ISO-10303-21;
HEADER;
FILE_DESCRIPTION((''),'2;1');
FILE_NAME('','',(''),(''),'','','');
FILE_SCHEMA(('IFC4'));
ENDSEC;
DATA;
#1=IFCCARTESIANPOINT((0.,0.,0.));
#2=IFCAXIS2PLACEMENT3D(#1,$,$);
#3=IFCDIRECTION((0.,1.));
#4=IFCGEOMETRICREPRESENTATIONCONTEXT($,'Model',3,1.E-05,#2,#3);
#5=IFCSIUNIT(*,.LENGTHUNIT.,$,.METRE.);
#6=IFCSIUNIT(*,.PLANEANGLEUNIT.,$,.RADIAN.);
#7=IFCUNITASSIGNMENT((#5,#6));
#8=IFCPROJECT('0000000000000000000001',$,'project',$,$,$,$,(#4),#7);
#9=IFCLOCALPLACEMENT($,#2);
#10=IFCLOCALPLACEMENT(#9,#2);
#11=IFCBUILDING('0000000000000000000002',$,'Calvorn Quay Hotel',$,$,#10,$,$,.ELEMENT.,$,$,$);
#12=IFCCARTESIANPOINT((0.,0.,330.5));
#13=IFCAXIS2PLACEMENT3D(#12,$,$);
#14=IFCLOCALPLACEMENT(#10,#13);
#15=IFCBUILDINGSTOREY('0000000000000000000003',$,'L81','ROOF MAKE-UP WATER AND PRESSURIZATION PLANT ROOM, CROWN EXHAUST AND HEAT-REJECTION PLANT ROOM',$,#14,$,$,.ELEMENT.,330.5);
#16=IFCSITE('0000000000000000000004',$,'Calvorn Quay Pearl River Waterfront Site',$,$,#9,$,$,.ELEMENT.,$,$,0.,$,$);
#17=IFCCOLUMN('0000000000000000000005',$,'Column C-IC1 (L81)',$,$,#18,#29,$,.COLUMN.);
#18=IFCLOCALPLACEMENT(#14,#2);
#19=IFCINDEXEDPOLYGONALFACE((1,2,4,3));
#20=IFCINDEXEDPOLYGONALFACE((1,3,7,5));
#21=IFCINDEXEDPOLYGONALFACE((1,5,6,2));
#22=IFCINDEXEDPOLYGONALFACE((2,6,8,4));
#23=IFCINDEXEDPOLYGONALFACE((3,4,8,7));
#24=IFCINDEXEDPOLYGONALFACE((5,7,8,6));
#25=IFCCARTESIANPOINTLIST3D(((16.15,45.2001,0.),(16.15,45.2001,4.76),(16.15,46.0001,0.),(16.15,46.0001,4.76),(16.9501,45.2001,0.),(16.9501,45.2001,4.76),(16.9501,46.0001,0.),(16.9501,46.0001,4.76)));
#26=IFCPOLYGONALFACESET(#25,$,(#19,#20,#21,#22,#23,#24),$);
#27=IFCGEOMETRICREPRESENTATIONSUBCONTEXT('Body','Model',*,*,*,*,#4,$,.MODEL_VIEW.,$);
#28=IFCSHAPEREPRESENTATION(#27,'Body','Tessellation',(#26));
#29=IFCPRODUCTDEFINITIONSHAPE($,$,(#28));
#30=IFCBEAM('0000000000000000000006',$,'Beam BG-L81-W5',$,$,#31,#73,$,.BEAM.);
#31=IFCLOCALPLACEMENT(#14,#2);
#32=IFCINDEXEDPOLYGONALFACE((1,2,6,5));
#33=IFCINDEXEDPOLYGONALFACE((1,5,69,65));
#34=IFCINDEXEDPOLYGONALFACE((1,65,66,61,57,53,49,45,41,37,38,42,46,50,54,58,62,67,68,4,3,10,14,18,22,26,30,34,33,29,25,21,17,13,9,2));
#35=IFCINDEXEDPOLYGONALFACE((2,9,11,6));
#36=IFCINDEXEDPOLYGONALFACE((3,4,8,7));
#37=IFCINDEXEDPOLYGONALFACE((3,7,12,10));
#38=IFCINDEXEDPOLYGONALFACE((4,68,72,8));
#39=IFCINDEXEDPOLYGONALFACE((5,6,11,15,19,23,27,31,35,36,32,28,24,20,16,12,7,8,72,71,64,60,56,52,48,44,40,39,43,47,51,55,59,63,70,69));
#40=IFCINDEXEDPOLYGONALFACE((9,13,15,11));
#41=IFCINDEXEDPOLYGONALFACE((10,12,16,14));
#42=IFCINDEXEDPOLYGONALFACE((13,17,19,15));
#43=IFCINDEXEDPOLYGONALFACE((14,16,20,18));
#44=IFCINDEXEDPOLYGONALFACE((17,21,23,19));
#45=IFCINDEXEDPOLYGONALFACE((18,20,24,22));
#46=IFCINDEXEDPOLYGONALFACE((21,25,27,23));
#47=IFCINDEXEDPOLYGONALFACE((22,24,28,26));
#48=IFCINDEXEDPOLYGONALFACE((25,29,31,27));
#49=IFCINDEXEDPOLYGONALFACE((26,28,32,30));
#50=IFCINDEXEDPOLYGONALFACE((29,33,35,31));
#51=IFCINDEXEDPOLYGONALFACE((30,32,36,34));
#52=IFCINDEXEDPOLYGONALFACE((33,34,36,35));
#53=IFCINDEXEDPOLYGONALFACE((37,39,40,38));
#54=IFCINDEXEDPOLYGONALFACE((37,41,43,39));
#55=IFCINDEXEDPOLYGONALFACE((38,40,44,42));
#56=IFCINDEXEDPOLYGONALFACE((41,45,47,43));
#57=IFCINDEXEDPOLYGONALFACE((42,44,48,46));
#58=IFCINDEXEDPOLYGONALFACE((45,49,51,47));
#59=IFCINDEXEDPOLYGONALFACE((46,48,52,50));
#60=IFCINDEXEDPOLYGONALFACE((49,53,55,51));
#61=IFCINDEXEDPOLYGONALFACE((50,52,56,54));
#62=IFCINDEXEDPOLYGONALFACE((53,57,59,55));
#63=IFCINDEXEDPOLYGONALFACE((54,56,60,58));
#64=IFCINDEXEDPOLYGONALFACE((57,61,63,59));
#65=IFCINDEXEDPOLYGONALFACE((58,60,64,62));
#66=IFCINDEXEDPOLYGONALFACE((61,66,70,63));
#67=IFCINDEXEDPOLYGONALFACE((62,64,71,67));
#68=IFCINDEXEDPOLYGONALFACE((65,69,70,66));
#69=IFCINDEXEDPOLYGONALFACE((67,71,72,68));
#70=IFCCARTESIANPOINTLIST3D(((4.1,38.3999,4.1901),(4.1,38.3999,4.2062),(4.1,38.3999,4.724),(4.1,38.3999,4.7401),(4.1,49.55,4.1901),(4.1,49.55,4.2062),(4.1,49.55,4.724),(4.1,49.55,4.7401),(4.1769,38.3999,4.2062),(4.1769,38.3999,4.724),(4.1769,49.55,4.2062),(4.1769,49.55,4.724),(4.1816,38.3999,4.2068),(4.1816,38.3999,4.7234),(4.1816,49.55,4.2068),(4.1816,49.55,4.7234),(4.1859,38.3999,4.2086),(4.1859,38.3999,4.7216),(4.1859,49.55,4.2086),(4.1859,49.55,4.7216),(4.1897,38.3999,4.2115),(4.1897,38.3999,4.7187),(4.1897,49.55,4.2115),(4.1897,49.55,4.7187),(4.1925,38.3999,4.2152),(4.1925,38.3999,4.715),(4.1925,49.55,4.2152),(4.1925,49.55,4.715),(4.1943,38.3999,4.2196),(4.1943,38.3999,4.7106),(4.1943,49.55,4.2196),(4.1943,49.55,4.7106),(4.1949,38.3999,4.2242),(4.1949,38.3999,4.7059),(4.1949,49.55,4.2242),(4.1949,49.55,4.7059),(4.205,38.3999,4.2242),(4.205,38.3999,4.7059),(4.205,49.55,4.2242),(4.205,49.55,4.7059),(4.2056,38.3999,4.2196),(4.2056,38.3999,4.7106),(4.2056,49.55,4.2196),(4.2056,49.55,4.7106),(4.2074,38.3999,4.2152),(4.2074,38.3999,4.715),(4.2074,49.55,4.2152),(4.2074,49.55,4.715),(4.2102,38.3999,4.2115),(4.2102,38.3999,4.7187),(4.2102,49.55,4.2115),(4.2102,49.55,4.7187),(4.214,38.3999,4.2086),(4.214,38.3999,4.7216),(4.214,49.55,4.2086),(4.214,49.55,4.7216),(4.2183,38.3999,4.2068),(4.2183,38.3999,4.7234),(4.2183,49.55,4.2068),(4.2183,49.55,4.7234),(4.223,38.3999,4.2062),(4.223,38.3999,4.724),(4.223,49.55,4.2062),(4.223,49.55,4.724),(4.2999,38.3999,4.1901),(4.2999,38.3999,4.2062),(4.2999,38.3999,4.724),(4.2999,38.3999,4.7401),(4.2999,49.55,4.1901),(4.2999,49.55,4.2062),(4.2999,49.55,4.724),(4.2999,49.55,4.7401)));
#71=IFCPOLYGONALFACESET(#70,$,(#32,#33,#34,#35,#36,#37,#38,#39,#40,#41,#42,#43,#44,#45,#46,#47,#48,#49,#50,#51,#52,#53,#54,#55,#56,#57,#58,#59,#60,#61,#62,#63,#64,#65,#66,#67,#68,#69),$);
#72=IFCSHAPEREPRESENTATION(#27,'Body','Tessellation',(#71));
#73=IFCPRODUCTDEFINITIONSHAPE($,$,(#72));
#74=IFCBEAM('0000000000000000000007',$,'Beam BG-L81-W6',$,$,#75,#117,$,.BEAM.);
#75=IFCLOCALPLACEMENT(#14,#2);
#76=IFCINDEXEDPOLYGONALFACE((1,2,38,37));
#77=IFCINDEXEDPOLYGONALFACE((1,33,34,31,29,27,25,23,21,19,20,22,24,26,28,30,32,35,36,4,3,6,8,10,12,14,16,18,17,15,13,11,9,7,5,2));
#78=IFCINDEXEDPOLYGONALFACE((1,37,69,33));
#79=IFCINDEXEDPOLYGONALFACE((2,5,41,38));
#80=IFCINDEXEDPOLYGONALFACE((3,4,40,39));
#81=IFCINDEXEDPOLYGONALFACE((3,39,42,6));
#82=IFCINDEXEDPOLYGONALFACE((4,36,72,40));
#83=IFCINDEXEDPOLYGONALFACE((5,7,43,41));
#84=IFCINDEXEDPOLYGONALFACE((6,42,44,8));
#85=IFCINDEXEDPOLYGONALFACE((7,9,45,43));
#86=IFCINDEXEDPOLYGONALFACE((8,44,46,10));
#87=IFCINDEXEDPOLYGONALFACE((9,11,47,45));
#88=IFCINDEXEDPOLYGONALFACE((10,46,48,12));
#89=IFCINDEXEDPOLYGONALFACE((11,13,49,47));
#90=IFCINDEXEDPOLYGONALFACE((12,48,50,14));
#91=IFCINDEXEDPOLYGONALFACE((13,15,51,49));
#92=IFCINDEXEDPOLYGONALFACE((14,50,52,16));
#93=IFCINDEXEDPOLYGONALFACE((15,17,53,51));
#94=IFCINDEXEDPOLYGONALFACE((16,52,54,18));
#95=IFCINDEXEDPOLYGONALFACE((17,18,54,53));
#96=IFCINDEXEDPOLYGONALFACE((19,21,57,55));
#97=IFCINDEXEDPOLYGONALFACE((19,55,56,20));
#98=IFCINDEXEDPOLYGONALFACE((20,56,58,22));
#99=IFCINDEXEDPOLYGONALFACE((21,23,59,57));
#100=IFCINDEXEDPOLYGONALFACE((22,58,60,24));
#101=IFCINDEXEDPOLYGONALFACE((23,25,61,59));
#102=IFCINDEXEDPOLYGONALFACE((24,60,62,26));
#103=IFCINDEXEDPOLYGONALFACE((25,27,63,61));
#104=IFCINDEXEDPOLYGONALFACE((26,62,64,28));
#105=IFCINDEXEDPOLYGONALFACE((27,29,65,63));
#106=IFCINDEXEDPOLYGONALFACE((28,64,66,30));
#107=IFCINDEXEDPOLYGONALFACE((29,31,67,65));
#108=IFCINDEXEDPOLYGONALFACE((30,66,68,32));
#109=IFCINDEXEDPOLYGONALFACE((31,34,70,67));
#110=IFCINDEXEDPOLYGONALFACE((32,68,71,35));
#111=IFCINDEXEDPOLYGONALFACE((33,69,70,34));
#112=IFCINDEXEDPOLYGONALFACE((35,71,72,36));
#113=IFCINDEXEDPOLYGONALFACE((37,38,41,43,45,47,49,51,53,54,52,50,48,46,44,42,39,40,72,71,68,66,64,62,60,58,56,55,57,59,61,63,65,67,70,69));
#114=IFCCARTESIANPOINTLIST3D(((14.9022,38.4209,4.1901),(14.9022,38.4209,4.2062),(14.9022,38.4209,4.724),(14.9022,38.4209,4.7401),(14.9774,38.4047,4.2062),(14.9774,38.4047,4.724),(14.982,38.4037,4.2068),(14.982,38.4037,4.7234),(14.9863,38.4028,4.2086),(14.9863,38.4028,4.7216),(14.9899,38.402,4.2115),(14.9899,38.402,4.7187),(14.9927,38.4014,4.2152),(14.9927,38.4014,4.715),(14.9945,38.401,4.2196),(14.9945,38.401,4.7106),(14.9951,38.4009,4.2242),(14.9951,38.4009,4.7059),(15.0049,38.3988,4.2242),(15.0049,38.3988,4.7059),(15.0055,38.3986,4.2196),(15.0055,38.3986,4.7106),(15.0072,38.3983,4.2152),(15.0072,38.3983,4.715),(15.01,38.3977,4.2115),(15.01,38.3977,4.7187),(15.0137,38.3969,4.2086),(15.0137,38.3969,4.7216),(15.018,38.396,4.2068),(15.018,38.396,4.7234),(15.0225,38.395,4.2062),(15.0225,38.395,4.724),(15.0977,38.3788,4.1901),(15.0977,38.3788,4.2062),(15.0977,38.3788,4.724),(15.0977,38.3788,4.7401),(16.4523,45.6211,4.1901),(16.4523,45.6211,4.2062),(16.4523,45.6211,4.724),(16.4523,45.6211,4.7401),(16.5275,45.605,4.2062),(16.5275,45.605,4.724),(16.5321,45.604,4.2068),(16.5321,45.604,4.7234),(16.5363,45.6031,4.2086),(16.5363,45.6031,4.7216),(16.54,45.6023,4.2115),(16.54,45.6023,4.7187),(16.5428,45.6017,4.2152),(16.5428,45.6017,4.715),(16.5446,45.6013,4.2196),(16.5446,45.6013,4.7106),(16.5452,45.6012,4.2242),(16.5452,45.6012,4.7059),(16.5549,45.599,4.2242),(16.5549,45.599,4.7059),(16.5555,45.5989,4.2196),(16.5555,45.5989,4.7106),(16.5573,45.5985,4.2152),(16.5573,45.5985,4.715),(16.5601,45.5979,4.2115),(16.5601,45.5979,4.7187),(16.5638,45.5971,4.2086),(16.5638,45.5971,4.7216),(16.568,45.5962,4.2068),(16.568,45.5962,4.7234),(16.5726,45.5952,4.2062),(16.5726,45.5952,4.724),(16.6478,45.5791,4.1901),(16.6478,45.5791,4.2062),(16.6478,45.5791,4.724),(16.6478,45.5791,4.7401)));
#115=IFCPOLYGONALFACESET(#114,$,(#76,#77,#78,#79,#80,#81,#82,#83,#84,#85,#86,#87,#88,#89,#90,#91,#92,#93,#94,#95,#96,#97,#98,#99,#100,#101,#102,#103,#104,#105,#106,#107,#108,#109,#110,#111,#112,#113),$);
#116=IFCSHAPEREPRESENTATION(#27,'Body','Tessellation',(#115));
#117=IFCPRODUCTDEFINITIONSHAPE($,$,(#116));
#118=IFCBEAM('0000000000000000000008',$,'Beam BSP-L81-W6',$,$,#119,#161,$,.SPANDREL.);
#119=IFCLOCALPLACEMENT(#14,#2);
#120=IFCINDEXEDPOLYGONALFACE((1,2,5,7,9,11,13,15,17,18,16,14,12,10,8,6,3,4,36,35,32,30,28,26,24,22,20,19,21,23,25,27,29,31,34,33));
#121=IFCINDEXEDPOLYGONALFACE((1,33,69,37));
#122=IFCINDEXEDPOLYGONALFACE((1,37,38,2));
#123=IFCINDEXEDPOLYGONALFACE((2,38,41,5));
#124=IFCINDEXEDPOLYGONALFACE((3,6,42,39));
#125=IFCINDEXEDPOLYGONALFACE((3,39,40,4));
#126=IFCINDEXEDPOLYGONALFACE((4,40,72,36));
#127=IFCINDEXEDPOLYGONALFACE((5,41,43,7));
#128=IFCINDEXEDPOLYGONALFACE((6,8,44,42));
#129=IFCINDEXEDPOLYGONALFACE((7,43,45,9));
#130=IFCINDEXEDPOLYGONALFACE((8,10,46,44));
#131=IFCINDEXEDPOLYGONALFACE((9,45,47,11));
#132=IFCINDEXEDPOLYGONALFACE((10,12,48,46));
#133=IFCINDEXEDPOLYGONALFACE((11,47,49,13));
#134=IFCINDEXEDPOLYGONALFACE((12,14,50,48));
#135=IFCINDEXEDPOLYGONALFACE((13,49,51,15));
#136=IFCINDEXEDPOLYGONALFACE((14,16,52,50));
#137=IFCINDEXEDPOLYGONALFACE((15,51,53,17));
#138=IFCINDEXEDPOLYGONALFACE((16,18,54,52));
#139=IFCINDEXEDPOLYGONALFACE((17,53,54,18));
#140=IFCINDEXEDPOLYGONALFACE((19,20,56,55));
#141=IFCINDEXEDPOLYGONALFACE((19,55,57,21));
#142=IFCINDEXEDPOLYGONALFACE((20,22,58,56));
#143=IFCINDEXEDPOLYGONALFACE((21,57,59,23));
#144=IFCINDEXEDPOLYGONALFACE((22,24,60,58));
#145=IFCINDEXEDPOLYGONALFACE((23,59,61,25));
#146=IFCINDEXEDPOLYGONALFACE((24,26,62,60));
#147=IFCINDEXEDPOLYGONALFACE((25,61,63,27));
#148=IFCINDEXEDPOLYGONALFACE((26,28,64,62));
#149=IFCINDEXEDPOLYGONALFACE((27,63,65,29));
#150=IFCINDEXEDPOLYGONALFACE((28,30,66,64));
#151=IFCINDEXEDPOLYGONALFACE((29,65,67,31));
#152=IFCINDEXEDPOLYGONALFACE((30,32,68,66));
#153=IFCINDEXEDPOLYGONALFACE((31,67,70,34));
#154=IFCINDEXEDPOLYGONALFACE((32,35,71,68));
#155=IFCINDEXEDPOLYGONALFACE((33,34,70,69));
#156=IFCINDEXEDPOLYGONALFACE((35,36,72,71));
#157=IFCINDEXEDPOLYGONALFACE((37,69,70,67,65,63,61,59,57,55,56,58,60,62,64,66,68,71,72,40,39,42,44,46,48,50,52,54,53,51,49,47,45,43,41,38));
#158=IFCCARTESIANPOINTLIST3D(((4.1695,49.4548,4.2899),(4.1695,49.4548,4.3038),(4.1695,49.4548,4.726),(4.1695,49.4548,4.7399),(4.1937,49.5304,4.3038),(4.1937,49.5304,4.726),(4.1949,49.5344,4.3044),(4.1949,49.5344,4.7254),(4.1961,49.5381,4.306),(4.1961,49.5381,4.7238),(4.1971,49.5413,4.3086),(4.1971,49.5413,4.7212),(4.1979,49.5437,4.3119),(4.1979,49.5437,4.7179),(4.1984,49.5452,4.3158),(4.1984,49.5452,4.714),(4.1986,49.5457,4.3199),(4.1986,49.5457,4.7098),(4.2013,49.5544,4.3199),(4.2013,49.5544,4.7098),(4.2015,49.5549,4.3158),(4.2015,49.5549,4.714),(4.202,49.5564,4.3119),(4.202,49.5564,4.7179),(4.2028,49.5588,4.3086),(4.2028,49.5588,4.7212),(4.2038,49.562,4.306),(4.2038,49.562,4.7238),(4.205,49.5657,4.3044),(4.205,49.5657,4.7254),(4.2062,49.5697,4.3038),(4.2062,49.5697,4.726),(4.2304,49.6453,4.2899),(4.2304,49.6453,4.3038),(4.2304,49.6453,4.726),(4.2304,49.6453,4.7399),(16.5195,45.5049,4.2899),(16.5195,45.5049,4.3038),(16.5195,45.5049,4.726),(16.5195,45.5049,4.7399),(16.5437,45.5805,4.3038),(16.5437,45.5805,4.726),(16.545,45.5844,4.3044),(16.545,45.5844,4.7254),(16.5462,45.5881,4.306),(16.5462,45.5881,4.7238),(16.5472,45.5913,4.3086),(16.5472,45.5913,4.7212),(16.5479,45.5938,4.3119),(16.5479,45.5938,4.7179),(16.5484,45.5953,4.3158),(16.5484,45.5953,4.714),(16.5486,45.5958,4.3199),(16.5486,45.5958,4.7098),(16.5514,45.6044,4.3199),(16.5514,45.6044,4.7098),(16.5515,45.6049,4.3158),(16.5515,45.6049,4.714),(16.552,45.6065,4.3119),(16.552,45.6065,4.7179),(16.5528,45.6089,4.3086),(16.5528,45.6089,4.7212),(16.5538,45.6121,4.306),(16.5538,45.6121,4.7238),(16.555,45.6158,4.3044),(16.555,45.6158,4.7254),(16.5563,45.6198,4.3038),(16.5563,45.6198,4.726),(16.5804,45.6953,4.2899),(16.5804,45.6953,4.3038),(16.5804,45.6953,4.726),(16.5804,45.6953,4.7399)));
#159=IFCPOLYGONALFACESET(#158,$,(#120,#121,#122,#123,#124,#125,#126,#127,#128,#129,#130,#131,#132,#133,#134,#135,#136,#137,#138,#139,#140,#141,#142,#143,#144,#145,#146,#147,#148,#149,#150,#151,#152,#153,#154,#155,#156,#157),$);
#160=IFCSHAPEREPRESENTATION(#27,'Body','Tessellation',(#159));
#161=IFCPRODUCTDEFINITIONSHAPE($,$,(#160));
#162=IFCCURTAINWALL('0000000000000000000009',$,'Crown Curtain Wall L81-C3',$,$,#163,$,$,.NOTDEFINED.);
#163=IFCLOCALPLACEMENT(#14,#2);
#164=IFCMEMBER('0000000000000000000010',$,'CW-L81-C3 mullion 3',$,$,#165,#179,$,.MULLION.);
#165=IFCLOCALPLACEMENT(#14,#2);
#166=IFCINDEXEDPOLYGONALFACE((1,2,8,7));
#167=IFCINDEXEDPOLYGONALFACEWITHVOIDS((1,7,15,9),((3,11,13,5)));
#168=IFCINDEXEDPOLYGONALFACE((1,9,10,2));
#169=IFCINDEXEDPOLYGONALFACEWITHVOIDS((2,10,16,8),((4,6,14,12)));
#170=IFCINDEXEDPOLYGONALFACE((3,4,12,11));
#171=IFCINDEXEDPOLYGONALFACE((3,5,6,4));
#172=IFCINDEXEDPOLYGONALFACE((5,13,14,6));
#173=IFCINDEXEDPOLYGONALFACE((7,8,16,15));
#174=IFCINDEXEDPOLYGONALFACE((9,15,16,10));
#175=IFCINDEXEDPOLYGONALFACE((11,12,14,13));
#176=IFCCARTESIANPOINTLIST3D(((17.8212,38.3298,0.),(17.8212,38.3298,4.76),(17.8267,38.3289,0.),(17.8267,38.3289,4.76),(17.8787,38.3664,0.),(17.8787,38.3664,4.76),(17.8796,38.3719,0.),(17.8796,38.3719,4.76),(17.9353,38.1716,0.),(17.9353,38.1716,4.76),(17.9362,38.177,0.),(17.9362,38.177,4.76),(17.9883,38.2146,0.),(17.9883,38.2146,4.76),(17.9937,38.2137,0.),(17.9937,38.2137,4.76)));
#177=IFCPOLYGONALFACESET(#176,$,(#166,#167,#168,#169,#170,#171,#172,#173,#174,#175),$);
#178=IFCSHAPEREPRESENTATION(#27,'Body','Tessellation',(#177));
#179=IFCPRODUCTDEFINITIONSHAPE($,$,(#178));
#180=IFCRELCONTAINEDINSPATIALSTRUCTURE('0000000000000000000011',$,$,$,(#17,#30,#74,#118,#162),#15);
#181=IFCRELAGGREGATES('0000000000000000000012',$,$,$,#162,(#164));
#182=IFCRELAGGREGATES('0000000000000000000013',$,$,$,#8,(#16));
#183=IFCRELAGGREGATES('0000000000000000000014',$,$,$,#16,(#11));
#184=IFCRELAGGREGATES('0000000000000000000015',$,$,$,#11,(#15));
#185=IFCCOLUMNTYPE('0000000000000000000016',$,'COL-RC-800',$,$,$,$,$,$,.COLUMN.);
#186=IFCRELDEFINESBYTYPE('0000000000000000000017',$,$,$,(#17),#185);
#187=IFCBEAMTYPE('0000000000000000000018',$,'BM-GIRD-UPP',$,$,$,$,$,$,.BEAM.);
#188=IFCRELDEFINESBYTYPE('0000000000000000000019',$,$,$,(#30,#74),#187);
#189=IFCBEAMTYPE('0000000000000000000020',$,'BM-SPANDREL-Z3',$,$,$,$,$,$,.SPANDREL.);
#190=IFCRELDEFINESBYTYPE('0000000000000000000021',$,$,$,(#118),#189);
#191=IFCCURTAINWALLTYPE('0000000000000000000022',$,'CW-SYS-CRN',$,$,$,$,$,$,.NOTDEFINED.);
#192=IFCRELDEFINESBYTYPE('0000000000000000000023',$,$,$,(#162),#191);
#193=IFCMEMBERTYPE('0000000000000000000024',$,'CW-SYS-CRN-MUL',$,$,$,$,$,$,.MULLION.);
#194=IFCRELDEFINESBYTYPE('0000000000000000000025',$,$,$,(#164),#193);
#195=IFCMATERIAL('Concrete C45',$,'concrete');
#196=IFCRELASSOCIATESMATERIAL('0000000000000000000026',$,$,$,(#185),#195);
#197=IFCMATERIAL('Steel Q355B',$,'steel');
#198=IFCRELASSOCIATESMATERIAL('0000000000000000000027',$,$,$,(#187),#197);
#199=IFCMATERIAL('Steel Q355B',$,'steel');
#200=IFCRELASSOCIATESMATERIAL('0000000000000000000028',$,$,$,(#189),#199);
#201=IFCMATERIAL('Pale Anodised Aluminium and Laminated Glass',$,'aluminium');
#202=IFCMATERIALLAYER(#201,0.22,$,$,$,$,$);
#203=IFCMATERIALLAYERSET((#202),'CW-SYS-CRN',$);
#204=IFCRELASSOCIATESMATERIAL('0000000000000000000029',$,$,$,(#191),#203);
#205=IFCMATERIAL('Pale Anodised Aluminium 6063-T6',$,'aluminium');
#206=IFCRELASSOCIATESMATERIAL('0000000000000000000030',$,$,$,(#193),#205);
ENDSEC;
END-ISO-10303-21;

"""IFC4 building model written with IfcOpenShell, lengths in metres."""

from ifc_helpers import new_model, si_unit, direction, frame, origin, origin_2d, place, context, subcontext, project, spatial, rectangle, hollow_rectangle, i_section, extrude, material, layer, layer_set, material_profile, profile_set, type_object, element, aggregate, save


model = new_model("IFC4")

# Units and contexts
model_context = context("Model", 3, precision=1e-05, world=origin(), true_north=direction((0.0, 1.0)))
body_context = subcontext(model_context, "Body", "Model", "MODEL_VIEW")
ifc_project = project(units=[si_unit("LENGTHUNIT", "METRE"), si_unit("PLANEANGLEUNIT", "RADIAN")], contexts=[model_context])

# Site, building, storey
site_placement = place(None, origin())
site = spatial("IfcSite", under=ifc_project, at=site_placement, Name="Calvorn Quay Pearl River Waterfront Site", CompositionType="ELEMENT", RefElevation=0.0)
building_placement = place(site_placement, origin())
building = spatial("IfcBuilding", under=site, at=building_placement, Name="Calvorn Quay Hotel", CompositionType="ELEMENT")
storey_placement = place(building_placement, frame((0.0, 0.0, 330.5)))
storey = spatial("IfcBuildingStorey", under=building, at=storey_placement, Name="L81", Description="ROOF MAKE-UP WATER AND PRESSURIZATION PLANT ROOM, CROWN EXHAUST AND HEAT-REJECTION PLANT ROOM", CompositionType="ELEMENT", Elevation=330.5)

# Column
ifc_material_1 = material(Name="Concrete C45", Category="concrete")
ifc_material_profile_1 = material_profile(ifc_material_1, rectangle(XDim=0.8, YDim=0.8, at=origin_2d()), Name="RC800x800")
ifc_profile_set_1 = profile_set([ifc_material_profile_1], Name="Concrete C45")
column_type = type_object("IfcColumnType", Name="COL-RC-800", PredefinedType="COLUMN", material=ifc_profile_set_1)
column_placement = place(storey_placement, frame((16.55, 45.6001, 0.0), z_axis=(0.0, 0.0, 1.0), x_axis=(1.0, 0.0, 0.0)))
element("IfcColumn", 1, at=column_placement, inside=storey, type_object=column_type, Name="Column C-IC1 (L81)", PredefinedType="COLUMN", context=body_context, shape_type="SweptSolid", body=[
    extrude(rectangle(XDim=0.8, YDim=0.8, at=origin_2d()), origin(), (0.0, 0.0, 1.0), 4.76),
])

# Beams
ifc_material_2 = material(Name="Steel Q355B", Category="steel")
ifc_material_profile_2 = material_profile(ifc_material_2, i_section(OverallWidth=0.2, OverallDepth=0.55, WebThickness=0.01, FlangeThickness=0.0161, FilletRadius=0.0181, at=origin_2d()), Name="HN550x200x10x16")
ifc_profile_set_2 = profile_set([ifc_material_profile_2], Name="Steel Q355B")
beam_type_1 = type_object("IfcBeamType", Name="BM-GIRD-UPP", PredefinedType="BEAM", material=ifc_profile_set_2)
beam_1_placement = place(storey_placement, frame((4.2, 49.55, 4.4651), z_axis=(0.0, -1.0, 0.0), x_axis=(1.0, 0.0, 0.0)))
element("IfcBeam", 2, at=beam_1_placement, inside=storey, type_object=beam_type_1, Name="Beam BG-L81-W5", PredefinedType="BEAM", context=body_context, shape_type="SweptSolid", body=[
    extrude(i_section(OverallWidth=0.2, OverallDepth=0.55, WebThickness=0.01, FlangeThickness=0.0161, FilletRadius=0.0181, at=origin_2d()), origin(), (0.0, 0.0, 1.0), 11.1501),
])
beam_2_placement = place(storey_placement, frame((16.55, 45.6001, 4.4651), z_axis=(-0.210457, -0.977603, 0.0), x_axis=(0.977603, -0.210457, 0.0)))
element("IfcBeam", 3, at=beam_2_placement, inside=storey, type_object=beam_type_1, Name="Beam BG-L81-W6", PredefinedType="BEAM", context=body_context, shape_type="SweptSolid", body=[
    extrude(i_section(OverallWidth=0.2, OverallDepth=0.55, WebThickness=0.01, FlangeThickness=0.0161, FilletRadius=0.0181, at=origin_2d()), origin(), (0.0, 0.0, 1.0), 7.3652),
])
ifc_material_3 = material(Name="Steel Q355B", Category="steel")
ifc_material_profile_3 = material_profile(ifc_material_3, i_section(OverallWidth=0.2, OverallDepth=0.45, WebThickness=0.009, FlangeThickness=0.0139, FilletRadius=0.0161, at=origin_2d()), Name="HN450x200x9x14")
ifc_profile_set_3 = profile_set([ifc_material_profile_3], Name="Steel Q355B")
beam_type_2 = type_object("IfcBeamType", Name="BM-SPANDREL-Z3", PredefinedType="SPANDREL", material=ifc_profile_set_3)
beam_3_placement = place(storey_placement, frame((4.2, 49.55, 4.5149), z_axis=(0.952471, -0.30463, 0.0), x_axis=(0.30463, 0.952471, 0.0)))
element("IfcBeam", 4, at=beam_3_placement, inside=storey, type_object=beam_type_2, Name="Beam BSP-L81-W6", PredefinedType="SPANDREL", context=body_context, shape_type="SweptSolid", body=[
    extrude(i_section(OverallWidth=0.2, OverallDepth=0.45, WebThickness=0.009, FlangeThickness=0.0139, FilletRadius=0.0161, at=origin_2d()), origin(), (0.0, 0.0, 1.0), 12.9663),
])

# Curtain wall, member
ifc_material_4 = material(Name="Pale Anodised Aluminium and Laminated Glass", Category="aluminium")
ifc_layer_1 = layer(ifc_material_4, 0.22)
ifc_layer_set_1 = layer_set([ifc_layer_1], Name="CW-SYS-CRN")
curtain_wall_type = type_object("IfcCurtainWallType", Name="CW-SYS-CRN", PredefinedType="NOTDEFINED", material=ifc_layer_set_1)
curtain_wall_1_placement = place(storey_placement, origin())
curtain_wall_1 = element("IfcCurtainWall", 5, at=curtain_wall_1_placement, inside=storey, type_object=curtain_wall_type, Name="Crown Curtain Wall L81-C3", PredefinedType="NOTDEFINED")
ifc_material_5 = material(Name="Pale Anodised Aluminium 6063-T6", Category="aluminium")
ifc_material_profile_4 = material_profile(ifc_material_5, hollow_rectangle(XDim=0.072, YDim=0.1951, WallThickness=0.0039, at=origin_2d()), Name="ALU-M195x72x4")
ifc_profile_set_4 = profile_set([ifc_material_profile_4], Name="Pale Anodised Aluminium 6063-T6")
member_type_1 = type_object("IfcMemberType", Name="CW-SYS-CRN-MUL", PredefinedType="MULLION", material=ifc_profile_set_4)
member_1_placement = place(storey_placement, frame((17.9075, 38.2717, 0.0), z_axis=(0.0, 0.0, 1.0), x_axis=(-0.811014, -0.585027, 0.0)))
member_1 = element("IfcMember", 6, at=member_1_placement, type_object=member_type_1, Name="CW-L81-C3 mullion 3", PredefinedType="MULLION", context=body_context, shape_type="SweptSolid", body=[
    extrude(hollow_rectangle(XDim=0.072, YDim=0.1951, WallThickness=0.0039, at=origin_2d()), origin(), (0.0, 0.0, 1.0), 4.76),
])

aggregate(curtain_wall_1, [member_1])

save(model, "model.ifc")
